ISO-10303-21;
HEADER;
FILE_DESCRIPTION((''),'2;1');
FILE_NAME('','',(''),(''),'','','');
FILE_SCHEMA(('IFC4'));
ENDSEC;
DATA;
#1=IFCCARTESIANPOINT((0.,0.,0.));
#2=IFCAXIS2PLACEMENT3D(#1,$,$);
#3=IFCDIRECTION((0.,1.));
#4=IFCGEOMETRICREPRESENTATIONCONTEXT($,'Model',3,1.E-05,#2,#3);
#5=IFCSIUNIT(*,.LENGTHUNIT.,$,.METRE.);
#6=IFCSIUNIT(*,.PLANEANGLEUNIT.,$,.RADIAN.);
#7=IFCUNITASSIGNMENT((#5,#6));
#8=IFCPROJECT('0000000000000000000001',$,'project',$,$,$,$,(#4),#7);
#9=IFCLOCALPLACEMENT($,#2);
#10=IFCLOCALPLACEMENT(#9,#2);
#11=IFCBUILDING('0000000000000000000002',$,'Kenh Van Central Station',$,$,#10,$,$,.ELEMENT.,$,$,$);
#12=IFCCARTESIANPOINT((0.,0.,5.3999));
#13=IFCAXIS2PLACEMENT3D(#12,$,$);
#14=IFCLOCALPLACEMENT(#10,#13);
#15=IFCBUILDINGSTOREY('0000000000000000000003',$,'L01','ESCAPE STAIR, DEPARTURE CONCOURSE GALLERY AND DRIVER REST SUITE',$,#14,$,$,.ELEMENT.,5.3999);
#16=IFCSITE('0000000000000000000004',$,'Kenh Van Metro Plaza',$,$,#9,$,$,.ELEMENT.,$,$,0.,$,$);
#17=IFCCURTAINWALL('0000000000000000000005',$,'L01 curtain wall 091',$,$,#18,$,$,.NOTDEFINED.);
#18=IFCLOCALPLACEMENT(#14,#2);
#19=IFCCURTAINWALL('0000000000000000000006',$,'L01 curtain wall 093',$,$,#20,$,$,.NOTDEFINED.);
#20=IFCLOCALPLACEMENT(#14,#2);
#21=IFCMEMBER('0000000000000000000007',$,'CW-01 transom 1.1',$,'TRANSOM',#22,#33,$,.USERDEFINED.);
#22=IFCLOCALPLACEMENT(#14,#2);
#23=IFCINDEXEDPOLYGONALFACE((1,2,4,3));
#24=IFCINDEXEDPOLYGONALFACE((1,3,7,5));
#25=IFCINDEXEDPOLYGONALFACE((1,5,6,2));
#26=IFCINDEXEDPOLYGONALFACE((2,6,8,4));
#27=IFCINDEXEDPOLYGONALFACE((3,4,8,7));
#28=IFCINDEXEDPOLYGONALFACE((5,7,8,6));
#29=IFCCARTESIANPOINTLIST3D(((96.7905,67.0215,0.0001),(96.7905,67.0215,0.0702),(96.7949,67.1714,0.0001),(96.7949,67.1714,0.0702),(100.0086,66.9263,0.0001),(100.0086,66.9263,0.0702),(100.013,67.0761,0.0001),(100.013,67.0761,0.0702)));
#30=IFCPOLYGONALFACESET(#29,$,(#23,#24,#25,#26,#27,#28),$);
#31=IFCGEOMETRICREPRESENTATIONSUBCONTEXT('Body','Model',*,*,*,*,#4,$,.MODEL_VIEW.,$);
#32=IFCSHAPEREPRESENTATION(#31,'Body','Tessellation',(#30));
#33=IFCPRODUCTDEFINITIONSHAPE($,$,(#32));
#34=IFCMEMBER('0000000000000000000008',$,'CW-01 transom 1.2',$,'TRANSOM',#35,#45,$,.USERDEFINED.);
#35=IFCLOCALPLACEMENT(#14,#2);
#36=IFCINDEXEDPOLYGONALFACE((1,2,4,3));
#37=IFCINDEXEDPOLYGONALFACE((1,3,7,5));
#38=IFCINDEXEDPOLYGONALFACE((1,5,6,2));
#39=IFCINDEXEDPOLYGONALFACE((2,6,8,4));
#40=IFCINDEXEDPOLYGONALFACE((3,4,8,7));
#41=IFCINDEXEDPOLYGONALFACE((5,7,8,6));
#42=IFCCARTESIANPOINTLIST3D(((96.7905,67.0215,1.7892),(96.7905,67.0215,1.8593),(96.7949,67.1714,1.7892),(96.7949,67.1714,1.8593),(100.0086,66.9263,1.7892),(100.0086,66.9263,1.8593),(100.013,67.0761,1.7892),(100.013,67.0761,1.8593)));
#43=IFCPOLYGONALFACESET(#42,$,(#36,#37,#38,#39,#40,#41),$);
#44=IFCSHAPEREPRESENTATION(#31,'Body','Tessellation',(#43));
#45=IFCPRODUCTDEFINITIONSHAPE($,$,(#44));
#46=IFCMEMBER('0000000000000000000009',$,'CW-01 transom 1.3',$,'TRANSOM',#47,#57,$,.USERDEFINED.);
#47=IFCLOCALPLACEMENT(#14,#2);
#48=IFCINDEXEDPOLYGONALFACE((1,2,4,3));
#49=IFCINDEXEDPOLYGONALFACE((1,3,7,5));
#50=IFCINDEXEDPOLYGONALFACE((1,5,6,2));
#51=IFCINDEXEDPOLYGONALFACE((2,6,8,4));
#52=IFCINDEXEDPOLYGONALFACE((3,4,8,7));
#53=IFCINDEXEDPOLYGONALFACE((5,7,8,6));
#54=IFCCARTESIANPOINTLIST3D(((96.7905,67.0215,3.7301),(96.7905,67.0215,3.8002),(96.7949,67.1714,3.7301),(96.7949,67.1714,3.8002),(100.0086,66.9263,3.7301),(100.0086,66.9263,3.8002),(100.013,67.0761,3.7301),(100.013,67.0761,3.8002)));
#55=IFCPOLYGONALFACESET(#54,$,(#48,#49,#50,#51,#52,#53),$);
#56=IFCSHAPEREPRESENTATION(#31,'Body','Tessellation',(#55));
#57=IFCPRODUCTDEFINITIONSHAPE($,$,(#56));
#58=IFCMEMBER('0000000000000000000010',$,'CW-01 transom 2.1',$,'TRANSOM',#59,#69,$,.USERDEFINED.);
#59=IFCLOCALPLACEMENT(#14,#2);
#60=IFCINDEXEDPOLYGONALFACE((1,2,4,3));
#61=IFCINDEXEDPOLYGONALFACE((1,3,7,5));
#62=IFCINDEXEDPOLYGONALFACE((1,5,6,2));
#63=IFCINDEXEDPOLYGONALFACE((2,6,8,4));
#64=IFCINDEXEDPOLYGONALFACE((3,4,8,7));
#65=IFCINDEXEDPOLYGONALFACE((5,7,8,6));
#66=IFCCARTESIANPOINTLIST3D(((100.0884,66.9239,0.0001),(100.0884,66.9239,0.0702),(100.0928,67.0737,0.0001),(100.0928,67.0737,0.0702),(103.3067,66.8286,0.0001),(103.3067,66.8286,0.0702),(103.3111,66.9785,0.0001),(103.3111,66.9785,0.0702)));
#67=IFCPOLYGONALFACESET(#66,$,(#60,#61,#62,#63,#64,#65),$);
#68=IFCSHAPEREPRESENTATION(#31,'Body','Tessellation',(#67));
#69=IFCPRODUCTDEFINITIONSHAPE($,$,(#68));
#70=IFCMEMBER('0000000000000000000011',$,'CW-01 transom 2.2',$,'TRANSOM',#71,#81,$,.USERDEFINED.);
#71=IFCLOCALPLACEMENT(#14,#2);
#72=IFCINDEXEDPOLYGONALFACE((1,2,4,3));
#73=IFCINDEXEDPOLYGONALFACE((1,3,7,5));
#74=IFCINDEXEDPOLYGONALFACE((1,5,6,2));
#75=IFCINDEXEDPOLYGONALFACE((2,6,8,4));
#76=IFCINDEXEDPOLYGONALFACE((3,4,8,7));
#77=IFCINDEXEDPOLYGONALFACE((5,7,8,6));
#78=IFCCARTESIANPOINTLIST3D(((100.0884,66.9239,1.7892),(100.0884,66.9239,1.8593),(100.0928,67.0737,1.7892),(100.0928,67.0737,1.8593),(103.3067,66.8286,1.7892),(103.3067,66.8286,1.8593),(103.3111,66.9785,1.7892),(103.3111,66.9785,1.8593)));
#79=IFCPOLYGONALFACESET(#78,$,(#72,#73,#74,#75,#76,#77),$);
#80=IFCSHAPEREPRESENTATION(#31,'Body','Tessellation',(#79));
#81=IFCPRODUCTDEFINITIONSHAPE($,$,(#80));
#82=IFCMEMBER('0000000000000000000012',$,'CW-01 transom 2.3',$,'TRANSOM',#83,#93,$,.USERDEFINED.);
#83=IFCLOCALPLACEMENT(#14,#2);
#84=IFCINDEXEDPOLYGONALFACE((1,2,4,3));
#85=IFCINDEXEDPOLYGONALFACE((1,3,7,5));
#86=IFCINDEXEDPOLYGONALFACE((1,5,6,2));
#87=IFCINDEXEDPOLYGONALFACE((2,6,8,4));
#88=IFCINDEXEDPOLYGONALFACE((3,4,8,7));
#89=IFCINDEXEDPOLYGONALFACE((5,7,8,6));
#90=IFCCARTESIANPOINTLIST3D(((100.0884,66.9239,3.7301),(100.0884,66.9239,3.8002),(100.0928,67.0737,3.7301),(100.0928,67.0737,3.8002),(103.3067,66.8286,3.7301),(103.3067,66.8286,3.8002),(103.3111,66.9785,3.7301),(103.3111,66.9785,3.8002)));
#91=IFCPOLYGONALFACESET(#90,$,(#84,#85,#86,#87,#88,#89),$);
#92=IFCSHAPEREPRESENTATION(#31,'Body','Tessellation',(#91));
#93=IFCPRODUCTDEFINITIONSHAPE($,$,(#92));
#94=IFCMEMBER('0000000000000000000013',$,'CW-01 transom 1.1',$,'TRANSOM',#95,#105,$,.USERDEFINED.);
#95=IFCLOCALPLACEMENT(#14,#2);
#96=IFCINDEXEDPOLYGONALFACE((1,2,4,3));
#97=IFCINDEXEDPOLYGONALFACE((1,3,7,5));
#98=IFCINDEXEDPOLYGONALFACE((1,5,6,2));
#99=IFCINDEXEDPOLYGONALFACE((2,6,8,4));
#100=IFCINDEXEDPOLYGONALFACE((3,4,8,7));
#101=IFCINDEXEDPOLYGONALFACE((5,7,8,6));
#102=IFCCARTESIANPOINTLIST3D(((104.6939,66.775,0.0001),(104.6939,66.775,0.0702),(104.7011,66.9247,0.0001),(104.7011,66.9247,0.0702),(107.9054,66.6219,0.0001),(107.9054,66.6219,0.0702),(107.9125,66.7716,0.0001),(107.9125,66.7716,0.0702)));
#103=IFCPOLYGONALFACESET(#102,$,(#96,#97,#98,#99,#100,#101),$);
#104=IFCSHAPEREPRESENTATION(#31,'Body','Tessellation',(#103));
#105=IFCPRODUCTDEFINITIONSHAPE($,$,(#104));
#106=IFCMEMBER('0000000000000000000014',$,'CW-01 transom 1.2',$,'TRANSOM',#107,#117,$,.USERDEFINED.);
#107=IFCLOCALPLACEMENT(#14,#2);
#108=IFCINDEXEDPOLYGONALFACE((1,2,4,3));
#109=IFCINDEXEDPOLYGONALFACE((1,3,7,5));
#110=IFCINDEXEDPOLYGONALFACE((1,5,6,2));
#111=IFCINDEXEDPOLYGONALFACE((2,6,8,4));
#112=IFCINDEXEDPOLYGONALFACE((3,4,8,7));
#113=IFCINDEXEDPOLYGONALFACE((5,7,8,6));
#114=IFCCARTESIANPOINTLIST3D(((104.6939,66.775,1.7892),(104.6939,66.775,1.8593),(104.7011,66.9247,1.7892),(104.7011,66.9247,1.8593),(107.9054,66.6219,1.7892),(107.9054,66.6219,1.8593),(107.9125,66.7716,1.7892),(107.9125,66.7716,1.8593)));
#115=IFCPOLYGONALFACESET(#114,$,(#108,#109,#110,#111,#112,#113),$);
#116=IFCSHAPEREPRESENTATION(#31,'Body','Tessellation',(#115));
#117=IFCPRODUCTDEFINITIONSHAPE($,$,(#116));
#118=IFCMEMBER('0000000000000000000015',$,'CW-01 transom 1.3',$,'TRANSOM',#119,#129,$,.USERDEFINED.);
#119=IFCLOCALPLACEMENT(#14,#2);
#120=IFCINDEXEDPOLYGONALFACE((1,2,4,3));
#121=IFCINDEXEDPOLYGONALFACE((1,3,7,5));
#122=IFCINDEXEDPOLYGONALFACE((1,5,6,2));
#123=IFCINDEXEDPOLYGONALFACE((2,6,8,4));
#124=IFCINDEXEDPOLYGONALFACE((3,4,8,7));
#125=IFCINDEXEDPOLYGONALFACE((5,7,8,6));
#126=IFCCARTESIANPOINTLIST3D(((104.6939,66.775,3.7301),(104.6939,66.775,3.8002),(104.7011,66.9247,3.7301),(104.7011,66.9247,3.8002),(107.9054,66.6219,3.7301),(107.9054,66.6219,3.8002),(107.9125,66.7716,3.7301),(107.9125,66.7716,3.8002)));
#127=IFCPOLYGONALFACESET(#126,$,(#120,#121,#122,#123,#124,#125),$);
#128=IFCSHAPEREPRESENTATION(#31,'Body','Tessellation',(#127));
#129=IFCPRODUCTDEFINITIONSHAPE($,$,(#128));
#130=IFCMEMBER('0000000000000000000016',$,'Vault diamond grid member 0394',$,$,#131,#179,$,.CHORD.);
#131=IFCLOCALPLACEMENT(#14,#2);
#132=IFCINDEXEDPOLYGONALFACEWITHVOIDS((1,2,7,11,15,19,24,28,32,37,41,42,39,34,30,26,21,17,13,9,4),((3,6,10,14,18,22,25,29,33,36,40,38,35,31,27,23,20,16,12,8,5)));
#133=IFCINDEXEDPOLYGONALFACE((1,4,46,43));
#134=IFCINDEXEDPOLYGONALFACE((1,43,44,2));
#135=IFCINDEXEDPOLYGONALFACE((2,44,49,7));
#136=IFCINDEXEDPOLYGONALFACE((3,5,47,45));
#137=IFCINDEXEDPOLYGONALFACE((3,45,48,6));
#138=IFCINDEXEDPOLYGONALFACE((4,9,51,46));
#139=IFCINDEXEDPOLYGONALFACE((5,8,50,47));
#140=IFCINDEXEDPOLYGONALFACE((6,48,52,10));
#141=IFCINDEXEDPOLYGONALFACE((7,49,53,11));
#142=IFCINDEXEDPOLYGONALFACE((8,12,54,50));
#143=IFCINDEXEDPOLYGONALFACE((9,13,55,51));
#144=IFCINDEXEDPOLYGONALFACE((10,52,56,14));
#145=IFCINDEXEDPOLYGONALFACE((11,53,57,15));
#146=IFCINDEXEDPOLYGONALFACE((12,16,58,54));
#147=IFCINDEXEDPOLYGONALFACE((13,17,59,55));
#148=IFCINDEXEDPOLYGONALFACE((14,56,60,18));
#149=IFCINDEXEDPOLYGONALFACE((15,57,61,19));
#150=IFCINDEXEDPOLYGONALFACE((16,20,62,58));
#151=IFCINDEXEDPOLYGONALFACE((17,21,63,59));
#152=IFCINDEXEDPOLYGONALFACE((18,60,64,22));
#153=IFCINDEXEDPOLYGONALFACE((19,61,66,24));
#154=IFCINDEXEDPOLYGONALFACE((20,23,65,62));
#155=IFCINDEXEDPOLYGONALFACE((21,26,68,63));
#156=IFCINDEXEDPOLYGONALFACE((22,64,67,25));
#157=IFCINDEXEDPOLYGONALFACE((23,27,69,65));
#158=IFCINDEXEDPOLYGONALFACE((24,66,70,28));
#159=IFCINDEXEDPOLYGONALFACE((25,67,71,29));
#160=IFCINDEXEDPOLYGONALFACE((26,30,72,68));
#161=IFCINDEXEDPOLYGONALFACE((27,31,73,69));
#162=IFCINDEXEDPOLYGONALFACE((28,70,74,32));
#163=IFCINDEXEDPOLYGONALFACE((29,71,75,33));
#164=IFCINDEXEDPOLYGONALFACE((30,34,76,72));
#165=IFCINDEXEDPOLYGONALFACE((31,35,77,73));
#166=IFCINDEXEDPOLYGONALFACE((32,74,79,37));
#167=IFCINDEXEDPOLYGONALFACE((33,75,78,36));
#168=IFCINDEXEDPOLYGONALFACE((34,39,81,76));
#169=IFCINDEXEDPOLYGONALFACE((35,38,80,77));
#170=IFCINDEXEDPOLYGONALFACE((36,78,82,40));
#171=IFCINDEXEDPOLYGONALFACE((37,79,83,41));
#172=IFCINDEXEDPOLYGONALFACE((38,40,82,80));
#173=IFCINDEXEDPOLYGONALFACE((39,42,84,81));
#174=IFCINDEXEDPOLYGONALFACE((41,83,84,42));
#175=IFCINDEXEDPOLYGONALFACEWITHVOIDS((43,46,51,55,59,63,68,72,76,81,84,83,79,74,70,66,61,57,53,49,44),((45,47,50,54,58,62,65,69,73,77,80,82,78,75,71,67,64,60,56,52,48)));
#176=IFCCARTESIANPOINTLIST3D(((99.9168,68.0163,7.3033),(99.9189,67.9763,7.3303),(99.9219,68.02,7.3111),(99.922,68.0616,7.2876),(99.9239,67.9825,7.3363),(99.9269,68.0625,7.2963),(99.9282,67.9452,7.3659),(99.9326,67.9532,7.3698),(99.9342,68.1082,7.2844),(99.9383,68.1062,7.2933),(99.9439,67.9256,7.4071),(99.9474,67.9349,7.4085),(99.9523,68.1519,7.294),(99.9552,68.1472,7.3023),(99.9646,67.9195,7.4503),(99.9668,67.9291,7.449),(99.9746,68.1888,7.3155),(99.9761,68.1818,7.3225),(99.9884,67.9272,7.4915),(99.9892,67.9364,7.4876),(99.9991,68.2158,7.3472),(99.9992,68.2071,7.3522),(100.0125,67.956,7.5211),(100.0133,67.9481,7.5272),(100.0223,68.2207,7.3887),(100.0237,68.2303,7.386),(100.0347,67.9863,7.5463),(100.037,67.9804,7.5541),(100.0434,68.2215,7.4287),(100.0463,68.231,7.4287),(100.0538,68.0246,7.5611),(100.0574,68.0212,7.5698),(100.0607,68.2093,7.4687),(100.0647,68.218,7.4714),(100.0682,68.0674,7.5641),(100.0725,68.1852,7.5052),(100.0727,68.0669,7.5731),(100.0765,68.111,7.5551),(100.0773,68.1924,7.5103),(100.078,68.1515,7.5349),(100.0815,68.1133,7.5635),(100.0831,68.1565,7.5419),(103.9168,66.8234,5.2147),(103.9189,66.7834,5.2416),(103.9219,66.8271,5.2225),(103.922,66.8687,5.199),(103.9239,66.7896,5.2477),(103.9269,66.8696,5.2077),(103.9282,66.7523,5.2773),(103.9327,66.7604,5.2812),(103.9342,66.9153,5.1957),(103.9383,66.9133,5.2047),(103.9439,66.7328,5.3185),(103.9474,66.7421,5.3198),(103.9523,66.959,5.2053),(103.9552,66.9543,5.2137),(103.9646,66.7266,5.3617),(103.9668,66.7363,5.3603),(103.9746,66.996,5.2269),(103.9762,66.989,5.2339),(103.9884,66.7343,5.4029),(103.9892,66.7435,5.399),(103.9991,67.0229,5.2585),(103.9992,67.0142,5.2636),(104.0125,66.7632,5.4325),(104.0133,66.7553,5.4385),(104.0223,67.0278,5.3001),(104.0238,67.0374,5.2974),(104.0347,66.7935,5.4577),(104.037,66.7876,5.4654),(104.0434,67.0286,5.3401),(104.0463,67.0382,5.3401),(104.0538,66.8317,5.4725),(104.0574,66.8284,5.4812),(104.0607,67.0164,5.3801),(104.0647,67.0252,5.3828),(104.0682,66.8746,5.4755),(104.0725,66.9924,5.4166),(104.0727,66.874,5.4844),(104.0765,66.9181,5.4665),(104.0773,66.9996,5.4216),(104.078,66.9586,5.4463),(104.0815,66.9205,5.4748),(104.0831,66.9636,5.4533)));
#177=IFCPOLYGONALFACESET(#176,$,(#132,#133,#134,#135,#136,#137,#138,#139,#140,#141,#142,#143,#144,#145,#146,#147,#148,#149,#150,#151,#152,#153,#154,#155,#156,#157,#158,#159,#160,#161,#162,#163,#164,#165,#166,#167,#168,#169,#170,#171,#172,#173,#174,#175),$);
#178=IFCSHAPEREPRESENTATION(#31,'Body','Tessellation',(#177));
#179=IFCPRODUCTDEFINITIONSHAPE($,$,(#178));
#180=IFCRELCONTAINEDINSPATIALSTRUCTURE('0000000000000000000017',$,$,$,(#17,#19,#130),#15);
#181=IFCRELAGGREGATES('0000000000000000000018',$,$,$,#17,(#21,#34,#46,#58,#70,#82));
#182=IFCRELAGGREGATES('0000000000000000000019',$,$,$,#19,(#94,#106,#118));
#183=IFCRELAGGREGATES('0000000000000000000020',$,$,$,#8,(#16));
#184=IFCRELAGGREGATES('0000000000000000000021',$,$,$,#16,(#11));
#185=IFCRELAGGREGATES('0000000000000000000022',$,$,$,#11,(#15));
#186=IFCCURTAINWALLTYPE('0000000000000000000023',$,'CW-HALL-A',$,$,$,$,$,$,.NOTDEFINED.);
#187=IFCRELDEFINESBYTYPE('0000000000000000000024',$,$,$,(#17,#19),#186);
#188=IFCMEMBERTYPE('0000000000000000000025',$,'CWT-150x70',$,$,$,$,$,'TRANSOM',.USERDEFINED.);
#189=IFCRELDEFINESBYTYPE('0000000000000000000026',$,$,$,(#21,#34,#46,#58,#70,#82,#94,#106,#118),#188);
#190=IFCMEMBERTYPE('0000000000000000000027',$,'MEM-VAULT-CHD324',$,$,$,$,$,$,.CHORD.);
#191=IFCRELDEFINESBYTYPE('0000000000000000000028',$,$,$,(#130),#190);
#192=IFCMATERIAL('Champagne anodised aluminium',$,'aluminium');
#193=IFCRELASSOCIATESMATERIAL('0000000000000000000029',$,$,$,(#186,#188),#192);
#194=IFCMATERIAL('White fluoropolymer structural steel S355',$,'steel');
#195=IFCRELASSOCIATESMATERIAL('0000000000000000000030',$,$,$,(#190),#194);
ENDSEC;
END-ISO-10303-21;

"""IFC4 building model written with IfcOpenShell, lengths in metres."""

from ifc_helpers import new_model, si_unit, direction, frame, origin, origin_2d, place, context, subcontext, project, spatial, rectangle, hollow_circle, extrude, material, material_profile, profile_set, type_object, element, aggregate, save


model = new_model("IFC4")

# Units and contexts
model_context = context("Model", 3, precision=1e-05, world=origin(), true_north=direction((0.0, 1.0)))
body_context = subcontext(model_context, "Body", "Model", "MODEL_VIEW")
ifc_project = project(units=[si_unit("LENGTHUNIT", "METRE"), si_unit("PLANEANGLEUNIT", "RADIAN")], contexts=[model_context])

# Site, building, storey
site_placement = place(None, origin())
site = spatial("IfcSite", under=ifc_project, at=site_placement, Name="Kenh Van Metro Plaza", CompositionType="ELEMENT", RefElevation=0.0)
building_placement = place(site_placement, origin())
building = spatial("IfcBuilding", under=site, at=building_placement, Name="Kenh Van Central Station", CompositionType="ELEMENT")
storey_placement = place(building_placement, frame((0.0, 0.0, 5.3999)))
storey = spatial("IfcBuildingStorey", under=building, at=storey_placement, Name="L01", Description="ESCAPE STAIR, DEPARTURE CONCOURSE GALLERY AND DRIVER REST SUITE", CompositionType="ELEMENT", Elevation=5.3999)

# Shared definitions
ifc_material_1 = material(Name="White fluoropolymer structural steel S355", Category="steel")

# Curtain wall
ifc_material_2 = material(Name="Champagne anodised aluminium", Category="aluminium")
curtain_wall_type = type_object("IfcCurtainWallType", Name="CW-HALL-A", PredefinedType="NOTDEFINED", material=ifc_material_2)
curtain_wall_1_placement = place(storey_placement, origin())
curtain_wall_1 = element("IfcCurtainWall", 1, at=curtain_wall_1_placement, inside=storey, type_object=curtain_wall_type, Name="L01 curtain wall 091", PredefinedType="NOTDEFINED")

# Curtain wall
curtain_wall_2_placement = place(storey_placement, origin())
curtain_wall_2 = element("IfcCurtainWall", 2, at=curtain_wall_2_placement, inside=storey, type_object=curtain_wall_type, Name="L01 curtain wall 093", PredefinedType="NOTDEFINED")

# Members
ifc_material_profile_1 = material_profile(ifc_material_2, rectangle(XDim=0.1499, YDim=0.0701, at=origin_2d()), Name="AL 150x70")
ifc_profile_set_1 = profile_set([ifc_material_profile_1], Name="Champagne anodised aluminium")
member_type_1 = type_object("IfcMemberType", Name="CWT-150x70", ElementType="TRANSOM", PredefinedType="USERDEFINED", material=ifc_profile_set_1)
member_1_placement = place(storey_placement, frame((96.7927, 67.0964, 0.0352), z_axis=(0.999563, -0.029575, 0.0), x_axis=(0.029575, 0.999563, 0.0)))
member_1 = element("IfcMember", 3, at=member_1_placement, type_object=member_type_1, Name="CW-01 transom 1.1", ObjectType="TRANSOM", PredefinedType="USERDEFINED", context=body_context, shape_type="SweptSolid", body=[
    extrude(rectangle(XDim=0.1499, YDim=0.0701, at=origin_2d()), origin(), (0.0, 0.0, 1.0), 3.2195),
])
member_2_placement = place(storey_placement, frame((96.7927, 67.0964, 1.8242), z_axis=(0.999563, -0.029575, 0.0), x_axis=(0.029575, 0.999563, 0.0)))
member_2 = element("IfcMember", 4, at=member_2_placement, type_object=member_type_1, Name="CW-01 transom 1.2", ObjectType="TRANSOM", PredefinedType="USERDEFINED", context=body_context, shape_type="SweptSolid", body=[
    extrude(rectangle(XDim=0.1499, YDim=0.0701, at=origin_2d()), origin(), (0.0, 0.0, 1.0), 3.2195),
])
member_3_placement = place(storey_placement, frame((96.7927, 67.0964, 3.7651), z_axis=(0.999563, -0.029575, 0.0), x_axis=(0.029575, 0.999563, 0.0)))
member_3 = element("IfcMember", 5, at=member_3_placement, type_object=member_type_1, Name="CW-01 transom 1.3", ObjectType="TRANSOM", PredefinedType="USERDEFINED", context=body_context, shape_type="SweptSolid", body=[
    extrude(rectangle(XDim=0.1499, YDim=0.0701, at=origin_2d()), origin(), (0.0, 0.0, 1.0), 3.2195),
])
member_4_placement = place(storey_placement, frame((100.0906, 66.9988, 0.0352), z_axis=(0.999563, -0.029573, 0.0), x_axis=(0.029573, 0.999563, 0.0)))
member_4 = element("IfcMember", 6, at=member_4_placement, type_object=member_type_1, Name="CW-01 transom 2.1", ObjectType="TRANSOM", PredefinedType="USERDEFINED", context=body_context, shape_type="SweptSolid", body=[
    extrude(rectangle(XDim=0.1499, YDim=0.0701, at=origin_2d()), origin(), (0.0, 0.0, 1.0), 3.2197),
])
member_5_placement = place(storey_placement, frame((100.0906, 66.9988, 1.8242), z_axis=(0.999563, -0.029573, 0.0), x_axis=(0.029573, 0.999563, 0.0)))
member_5 = element("IfcMember", 7, at=member_5_placement, type_object=member_type_1, Name="CW-01 transom 2.2", ObjectType="TRANSOM", PredefinedType="USERDEFINED", context=body_context, shape_type="SweptSolid", body=[
    extrude(rectangle(XDim=0.1499, YDim=0.0701, at=origin_2d()), origin(), (0.0, 0.0, 1.0), 3.2197),
])
member_6_placement = place(storey_placement, frame((100.0906, 66.9988, 3.7651), z_axis=(0.999563, -0.029573, 0.0), x_axis=(0.029573, 0.999563, 0.0)))
member_6 = element("IfcMember", 8, at=member_6_placement, type_object=member_type_1, Name="CW-01 transom 2.3", ObjectType="TRANSOM", PredefinedType="USERDEFINED", context=body_context, shape_type="SweptSolid", body=[
    extrude(rectangle(XDim=0.1499, YDim=0.0701, at=origin_2d()), origin(), (0.0, 0.0, 1.0), 3.2197),
])
member_7_placement = place(storey_placement, frame((104.6975, 66.8499, 0.0352), z_axis=(0.998866, -0.047612, 0.0), x_axis=(0.047612, 0.998866, 0.0)))
member_7 = element("IfcMember", 9, at=member_7_placement, type_object=member_type_1, Name="CW-01 transom 1.1", ObjectType="TRANSOM", PredefinedType="USERDEFINED", context=body_context, shape_type="SweptSolid", body=[
    extrude(rectangle(XDim=0.1499, YDim=0.0701, at=origin_2d()), origin(), (0.0, 0.0, 1.0), 3.2151),
])
member_8_placement = place(storey_placement, frame((104.6975, 66.8499, 1.8242), z_axis=(0.998866, -0.047612, 0.0), x_axis=(0.047612, 0.998866, 0.0)))
member_8 = element("IfcMember", 10, at=member_8_placement, type_object=member_type_1, Name="CW-01 transom 1.2", ObjectType="TRANSOM", PredefinedType="USERDEFINED", context=body_context, shape_type="SweptSolid", body=[
    extrude(rectangle(XDim=0.1499, YDim=0.0701, at=origin_2d()), origin(), (0.0, 0.0, 1.0), 3.2151),
])
member_9_placement = place(storey_placement, frame((104.6975, 66.8499, 3.7651), z_axis=(0.998866, -0.047612, 0.0), x_axis=(0.047612, 0.998866, 0.0)))
member_9 = element("IfcMember", 11, at=member_9_placement, type_object=member_type_1, Name="CW-01 transom 1.3", ObjectType="TRANSOM", PredefinedType="USERDEFINED", context=body_context, shape_type="SweptSolid", body=[
    extrude(rectangle(XDim=0.1499, YDim=0.0701, at=origin_2d()), origin(), (0.0, 0.0, 1.0), 3.2151),
])

# Member
ifc_material_profile_2 = material_profile(ifc_material_1, hollow_circle(Radius=0.1619, WallThickness=0.01, at=origin_2d()), Name="CHS 323.9x10")
ifc_profile_set_2 = profile_set([ifc_material_profile_2], Name="White fluoropolymer structural steel S355")
member_type_2 = type_object("IfcMemberType", Name="MEM-VAULT-CHD324", PredefinedType="CHORD", material=ifc_profile_set_2)
member_10_placement = place(storey_placement, frame((100.0, 68.0759, 7.4287), z_axis=(0.856995, -0.255571, -0.447485), x_axis=(0.285781, 0.958295, 0.0)))
element("IfcMember", 12, at=member_10_placement, inside=storey, type_object=member_type_2, Name="Vault diamond grid member 0394", PredefinedType="CHORD", context=body_context, shape_type="SweptSolid", body=[
    extrude(hollow_circle(Radius=0.1619, WallThickness=0.01, at=origin_2d()), origin(), (0.0, 0.0, 1.0), 4.6675),
])

aggregate(curtain_wall_1, [member_1, member_2, member_3, member_4, member_5, member_6])
aggregate(curtain_wall_2, [member_7, member_8, member_9])

save(model, "model.ifc")
